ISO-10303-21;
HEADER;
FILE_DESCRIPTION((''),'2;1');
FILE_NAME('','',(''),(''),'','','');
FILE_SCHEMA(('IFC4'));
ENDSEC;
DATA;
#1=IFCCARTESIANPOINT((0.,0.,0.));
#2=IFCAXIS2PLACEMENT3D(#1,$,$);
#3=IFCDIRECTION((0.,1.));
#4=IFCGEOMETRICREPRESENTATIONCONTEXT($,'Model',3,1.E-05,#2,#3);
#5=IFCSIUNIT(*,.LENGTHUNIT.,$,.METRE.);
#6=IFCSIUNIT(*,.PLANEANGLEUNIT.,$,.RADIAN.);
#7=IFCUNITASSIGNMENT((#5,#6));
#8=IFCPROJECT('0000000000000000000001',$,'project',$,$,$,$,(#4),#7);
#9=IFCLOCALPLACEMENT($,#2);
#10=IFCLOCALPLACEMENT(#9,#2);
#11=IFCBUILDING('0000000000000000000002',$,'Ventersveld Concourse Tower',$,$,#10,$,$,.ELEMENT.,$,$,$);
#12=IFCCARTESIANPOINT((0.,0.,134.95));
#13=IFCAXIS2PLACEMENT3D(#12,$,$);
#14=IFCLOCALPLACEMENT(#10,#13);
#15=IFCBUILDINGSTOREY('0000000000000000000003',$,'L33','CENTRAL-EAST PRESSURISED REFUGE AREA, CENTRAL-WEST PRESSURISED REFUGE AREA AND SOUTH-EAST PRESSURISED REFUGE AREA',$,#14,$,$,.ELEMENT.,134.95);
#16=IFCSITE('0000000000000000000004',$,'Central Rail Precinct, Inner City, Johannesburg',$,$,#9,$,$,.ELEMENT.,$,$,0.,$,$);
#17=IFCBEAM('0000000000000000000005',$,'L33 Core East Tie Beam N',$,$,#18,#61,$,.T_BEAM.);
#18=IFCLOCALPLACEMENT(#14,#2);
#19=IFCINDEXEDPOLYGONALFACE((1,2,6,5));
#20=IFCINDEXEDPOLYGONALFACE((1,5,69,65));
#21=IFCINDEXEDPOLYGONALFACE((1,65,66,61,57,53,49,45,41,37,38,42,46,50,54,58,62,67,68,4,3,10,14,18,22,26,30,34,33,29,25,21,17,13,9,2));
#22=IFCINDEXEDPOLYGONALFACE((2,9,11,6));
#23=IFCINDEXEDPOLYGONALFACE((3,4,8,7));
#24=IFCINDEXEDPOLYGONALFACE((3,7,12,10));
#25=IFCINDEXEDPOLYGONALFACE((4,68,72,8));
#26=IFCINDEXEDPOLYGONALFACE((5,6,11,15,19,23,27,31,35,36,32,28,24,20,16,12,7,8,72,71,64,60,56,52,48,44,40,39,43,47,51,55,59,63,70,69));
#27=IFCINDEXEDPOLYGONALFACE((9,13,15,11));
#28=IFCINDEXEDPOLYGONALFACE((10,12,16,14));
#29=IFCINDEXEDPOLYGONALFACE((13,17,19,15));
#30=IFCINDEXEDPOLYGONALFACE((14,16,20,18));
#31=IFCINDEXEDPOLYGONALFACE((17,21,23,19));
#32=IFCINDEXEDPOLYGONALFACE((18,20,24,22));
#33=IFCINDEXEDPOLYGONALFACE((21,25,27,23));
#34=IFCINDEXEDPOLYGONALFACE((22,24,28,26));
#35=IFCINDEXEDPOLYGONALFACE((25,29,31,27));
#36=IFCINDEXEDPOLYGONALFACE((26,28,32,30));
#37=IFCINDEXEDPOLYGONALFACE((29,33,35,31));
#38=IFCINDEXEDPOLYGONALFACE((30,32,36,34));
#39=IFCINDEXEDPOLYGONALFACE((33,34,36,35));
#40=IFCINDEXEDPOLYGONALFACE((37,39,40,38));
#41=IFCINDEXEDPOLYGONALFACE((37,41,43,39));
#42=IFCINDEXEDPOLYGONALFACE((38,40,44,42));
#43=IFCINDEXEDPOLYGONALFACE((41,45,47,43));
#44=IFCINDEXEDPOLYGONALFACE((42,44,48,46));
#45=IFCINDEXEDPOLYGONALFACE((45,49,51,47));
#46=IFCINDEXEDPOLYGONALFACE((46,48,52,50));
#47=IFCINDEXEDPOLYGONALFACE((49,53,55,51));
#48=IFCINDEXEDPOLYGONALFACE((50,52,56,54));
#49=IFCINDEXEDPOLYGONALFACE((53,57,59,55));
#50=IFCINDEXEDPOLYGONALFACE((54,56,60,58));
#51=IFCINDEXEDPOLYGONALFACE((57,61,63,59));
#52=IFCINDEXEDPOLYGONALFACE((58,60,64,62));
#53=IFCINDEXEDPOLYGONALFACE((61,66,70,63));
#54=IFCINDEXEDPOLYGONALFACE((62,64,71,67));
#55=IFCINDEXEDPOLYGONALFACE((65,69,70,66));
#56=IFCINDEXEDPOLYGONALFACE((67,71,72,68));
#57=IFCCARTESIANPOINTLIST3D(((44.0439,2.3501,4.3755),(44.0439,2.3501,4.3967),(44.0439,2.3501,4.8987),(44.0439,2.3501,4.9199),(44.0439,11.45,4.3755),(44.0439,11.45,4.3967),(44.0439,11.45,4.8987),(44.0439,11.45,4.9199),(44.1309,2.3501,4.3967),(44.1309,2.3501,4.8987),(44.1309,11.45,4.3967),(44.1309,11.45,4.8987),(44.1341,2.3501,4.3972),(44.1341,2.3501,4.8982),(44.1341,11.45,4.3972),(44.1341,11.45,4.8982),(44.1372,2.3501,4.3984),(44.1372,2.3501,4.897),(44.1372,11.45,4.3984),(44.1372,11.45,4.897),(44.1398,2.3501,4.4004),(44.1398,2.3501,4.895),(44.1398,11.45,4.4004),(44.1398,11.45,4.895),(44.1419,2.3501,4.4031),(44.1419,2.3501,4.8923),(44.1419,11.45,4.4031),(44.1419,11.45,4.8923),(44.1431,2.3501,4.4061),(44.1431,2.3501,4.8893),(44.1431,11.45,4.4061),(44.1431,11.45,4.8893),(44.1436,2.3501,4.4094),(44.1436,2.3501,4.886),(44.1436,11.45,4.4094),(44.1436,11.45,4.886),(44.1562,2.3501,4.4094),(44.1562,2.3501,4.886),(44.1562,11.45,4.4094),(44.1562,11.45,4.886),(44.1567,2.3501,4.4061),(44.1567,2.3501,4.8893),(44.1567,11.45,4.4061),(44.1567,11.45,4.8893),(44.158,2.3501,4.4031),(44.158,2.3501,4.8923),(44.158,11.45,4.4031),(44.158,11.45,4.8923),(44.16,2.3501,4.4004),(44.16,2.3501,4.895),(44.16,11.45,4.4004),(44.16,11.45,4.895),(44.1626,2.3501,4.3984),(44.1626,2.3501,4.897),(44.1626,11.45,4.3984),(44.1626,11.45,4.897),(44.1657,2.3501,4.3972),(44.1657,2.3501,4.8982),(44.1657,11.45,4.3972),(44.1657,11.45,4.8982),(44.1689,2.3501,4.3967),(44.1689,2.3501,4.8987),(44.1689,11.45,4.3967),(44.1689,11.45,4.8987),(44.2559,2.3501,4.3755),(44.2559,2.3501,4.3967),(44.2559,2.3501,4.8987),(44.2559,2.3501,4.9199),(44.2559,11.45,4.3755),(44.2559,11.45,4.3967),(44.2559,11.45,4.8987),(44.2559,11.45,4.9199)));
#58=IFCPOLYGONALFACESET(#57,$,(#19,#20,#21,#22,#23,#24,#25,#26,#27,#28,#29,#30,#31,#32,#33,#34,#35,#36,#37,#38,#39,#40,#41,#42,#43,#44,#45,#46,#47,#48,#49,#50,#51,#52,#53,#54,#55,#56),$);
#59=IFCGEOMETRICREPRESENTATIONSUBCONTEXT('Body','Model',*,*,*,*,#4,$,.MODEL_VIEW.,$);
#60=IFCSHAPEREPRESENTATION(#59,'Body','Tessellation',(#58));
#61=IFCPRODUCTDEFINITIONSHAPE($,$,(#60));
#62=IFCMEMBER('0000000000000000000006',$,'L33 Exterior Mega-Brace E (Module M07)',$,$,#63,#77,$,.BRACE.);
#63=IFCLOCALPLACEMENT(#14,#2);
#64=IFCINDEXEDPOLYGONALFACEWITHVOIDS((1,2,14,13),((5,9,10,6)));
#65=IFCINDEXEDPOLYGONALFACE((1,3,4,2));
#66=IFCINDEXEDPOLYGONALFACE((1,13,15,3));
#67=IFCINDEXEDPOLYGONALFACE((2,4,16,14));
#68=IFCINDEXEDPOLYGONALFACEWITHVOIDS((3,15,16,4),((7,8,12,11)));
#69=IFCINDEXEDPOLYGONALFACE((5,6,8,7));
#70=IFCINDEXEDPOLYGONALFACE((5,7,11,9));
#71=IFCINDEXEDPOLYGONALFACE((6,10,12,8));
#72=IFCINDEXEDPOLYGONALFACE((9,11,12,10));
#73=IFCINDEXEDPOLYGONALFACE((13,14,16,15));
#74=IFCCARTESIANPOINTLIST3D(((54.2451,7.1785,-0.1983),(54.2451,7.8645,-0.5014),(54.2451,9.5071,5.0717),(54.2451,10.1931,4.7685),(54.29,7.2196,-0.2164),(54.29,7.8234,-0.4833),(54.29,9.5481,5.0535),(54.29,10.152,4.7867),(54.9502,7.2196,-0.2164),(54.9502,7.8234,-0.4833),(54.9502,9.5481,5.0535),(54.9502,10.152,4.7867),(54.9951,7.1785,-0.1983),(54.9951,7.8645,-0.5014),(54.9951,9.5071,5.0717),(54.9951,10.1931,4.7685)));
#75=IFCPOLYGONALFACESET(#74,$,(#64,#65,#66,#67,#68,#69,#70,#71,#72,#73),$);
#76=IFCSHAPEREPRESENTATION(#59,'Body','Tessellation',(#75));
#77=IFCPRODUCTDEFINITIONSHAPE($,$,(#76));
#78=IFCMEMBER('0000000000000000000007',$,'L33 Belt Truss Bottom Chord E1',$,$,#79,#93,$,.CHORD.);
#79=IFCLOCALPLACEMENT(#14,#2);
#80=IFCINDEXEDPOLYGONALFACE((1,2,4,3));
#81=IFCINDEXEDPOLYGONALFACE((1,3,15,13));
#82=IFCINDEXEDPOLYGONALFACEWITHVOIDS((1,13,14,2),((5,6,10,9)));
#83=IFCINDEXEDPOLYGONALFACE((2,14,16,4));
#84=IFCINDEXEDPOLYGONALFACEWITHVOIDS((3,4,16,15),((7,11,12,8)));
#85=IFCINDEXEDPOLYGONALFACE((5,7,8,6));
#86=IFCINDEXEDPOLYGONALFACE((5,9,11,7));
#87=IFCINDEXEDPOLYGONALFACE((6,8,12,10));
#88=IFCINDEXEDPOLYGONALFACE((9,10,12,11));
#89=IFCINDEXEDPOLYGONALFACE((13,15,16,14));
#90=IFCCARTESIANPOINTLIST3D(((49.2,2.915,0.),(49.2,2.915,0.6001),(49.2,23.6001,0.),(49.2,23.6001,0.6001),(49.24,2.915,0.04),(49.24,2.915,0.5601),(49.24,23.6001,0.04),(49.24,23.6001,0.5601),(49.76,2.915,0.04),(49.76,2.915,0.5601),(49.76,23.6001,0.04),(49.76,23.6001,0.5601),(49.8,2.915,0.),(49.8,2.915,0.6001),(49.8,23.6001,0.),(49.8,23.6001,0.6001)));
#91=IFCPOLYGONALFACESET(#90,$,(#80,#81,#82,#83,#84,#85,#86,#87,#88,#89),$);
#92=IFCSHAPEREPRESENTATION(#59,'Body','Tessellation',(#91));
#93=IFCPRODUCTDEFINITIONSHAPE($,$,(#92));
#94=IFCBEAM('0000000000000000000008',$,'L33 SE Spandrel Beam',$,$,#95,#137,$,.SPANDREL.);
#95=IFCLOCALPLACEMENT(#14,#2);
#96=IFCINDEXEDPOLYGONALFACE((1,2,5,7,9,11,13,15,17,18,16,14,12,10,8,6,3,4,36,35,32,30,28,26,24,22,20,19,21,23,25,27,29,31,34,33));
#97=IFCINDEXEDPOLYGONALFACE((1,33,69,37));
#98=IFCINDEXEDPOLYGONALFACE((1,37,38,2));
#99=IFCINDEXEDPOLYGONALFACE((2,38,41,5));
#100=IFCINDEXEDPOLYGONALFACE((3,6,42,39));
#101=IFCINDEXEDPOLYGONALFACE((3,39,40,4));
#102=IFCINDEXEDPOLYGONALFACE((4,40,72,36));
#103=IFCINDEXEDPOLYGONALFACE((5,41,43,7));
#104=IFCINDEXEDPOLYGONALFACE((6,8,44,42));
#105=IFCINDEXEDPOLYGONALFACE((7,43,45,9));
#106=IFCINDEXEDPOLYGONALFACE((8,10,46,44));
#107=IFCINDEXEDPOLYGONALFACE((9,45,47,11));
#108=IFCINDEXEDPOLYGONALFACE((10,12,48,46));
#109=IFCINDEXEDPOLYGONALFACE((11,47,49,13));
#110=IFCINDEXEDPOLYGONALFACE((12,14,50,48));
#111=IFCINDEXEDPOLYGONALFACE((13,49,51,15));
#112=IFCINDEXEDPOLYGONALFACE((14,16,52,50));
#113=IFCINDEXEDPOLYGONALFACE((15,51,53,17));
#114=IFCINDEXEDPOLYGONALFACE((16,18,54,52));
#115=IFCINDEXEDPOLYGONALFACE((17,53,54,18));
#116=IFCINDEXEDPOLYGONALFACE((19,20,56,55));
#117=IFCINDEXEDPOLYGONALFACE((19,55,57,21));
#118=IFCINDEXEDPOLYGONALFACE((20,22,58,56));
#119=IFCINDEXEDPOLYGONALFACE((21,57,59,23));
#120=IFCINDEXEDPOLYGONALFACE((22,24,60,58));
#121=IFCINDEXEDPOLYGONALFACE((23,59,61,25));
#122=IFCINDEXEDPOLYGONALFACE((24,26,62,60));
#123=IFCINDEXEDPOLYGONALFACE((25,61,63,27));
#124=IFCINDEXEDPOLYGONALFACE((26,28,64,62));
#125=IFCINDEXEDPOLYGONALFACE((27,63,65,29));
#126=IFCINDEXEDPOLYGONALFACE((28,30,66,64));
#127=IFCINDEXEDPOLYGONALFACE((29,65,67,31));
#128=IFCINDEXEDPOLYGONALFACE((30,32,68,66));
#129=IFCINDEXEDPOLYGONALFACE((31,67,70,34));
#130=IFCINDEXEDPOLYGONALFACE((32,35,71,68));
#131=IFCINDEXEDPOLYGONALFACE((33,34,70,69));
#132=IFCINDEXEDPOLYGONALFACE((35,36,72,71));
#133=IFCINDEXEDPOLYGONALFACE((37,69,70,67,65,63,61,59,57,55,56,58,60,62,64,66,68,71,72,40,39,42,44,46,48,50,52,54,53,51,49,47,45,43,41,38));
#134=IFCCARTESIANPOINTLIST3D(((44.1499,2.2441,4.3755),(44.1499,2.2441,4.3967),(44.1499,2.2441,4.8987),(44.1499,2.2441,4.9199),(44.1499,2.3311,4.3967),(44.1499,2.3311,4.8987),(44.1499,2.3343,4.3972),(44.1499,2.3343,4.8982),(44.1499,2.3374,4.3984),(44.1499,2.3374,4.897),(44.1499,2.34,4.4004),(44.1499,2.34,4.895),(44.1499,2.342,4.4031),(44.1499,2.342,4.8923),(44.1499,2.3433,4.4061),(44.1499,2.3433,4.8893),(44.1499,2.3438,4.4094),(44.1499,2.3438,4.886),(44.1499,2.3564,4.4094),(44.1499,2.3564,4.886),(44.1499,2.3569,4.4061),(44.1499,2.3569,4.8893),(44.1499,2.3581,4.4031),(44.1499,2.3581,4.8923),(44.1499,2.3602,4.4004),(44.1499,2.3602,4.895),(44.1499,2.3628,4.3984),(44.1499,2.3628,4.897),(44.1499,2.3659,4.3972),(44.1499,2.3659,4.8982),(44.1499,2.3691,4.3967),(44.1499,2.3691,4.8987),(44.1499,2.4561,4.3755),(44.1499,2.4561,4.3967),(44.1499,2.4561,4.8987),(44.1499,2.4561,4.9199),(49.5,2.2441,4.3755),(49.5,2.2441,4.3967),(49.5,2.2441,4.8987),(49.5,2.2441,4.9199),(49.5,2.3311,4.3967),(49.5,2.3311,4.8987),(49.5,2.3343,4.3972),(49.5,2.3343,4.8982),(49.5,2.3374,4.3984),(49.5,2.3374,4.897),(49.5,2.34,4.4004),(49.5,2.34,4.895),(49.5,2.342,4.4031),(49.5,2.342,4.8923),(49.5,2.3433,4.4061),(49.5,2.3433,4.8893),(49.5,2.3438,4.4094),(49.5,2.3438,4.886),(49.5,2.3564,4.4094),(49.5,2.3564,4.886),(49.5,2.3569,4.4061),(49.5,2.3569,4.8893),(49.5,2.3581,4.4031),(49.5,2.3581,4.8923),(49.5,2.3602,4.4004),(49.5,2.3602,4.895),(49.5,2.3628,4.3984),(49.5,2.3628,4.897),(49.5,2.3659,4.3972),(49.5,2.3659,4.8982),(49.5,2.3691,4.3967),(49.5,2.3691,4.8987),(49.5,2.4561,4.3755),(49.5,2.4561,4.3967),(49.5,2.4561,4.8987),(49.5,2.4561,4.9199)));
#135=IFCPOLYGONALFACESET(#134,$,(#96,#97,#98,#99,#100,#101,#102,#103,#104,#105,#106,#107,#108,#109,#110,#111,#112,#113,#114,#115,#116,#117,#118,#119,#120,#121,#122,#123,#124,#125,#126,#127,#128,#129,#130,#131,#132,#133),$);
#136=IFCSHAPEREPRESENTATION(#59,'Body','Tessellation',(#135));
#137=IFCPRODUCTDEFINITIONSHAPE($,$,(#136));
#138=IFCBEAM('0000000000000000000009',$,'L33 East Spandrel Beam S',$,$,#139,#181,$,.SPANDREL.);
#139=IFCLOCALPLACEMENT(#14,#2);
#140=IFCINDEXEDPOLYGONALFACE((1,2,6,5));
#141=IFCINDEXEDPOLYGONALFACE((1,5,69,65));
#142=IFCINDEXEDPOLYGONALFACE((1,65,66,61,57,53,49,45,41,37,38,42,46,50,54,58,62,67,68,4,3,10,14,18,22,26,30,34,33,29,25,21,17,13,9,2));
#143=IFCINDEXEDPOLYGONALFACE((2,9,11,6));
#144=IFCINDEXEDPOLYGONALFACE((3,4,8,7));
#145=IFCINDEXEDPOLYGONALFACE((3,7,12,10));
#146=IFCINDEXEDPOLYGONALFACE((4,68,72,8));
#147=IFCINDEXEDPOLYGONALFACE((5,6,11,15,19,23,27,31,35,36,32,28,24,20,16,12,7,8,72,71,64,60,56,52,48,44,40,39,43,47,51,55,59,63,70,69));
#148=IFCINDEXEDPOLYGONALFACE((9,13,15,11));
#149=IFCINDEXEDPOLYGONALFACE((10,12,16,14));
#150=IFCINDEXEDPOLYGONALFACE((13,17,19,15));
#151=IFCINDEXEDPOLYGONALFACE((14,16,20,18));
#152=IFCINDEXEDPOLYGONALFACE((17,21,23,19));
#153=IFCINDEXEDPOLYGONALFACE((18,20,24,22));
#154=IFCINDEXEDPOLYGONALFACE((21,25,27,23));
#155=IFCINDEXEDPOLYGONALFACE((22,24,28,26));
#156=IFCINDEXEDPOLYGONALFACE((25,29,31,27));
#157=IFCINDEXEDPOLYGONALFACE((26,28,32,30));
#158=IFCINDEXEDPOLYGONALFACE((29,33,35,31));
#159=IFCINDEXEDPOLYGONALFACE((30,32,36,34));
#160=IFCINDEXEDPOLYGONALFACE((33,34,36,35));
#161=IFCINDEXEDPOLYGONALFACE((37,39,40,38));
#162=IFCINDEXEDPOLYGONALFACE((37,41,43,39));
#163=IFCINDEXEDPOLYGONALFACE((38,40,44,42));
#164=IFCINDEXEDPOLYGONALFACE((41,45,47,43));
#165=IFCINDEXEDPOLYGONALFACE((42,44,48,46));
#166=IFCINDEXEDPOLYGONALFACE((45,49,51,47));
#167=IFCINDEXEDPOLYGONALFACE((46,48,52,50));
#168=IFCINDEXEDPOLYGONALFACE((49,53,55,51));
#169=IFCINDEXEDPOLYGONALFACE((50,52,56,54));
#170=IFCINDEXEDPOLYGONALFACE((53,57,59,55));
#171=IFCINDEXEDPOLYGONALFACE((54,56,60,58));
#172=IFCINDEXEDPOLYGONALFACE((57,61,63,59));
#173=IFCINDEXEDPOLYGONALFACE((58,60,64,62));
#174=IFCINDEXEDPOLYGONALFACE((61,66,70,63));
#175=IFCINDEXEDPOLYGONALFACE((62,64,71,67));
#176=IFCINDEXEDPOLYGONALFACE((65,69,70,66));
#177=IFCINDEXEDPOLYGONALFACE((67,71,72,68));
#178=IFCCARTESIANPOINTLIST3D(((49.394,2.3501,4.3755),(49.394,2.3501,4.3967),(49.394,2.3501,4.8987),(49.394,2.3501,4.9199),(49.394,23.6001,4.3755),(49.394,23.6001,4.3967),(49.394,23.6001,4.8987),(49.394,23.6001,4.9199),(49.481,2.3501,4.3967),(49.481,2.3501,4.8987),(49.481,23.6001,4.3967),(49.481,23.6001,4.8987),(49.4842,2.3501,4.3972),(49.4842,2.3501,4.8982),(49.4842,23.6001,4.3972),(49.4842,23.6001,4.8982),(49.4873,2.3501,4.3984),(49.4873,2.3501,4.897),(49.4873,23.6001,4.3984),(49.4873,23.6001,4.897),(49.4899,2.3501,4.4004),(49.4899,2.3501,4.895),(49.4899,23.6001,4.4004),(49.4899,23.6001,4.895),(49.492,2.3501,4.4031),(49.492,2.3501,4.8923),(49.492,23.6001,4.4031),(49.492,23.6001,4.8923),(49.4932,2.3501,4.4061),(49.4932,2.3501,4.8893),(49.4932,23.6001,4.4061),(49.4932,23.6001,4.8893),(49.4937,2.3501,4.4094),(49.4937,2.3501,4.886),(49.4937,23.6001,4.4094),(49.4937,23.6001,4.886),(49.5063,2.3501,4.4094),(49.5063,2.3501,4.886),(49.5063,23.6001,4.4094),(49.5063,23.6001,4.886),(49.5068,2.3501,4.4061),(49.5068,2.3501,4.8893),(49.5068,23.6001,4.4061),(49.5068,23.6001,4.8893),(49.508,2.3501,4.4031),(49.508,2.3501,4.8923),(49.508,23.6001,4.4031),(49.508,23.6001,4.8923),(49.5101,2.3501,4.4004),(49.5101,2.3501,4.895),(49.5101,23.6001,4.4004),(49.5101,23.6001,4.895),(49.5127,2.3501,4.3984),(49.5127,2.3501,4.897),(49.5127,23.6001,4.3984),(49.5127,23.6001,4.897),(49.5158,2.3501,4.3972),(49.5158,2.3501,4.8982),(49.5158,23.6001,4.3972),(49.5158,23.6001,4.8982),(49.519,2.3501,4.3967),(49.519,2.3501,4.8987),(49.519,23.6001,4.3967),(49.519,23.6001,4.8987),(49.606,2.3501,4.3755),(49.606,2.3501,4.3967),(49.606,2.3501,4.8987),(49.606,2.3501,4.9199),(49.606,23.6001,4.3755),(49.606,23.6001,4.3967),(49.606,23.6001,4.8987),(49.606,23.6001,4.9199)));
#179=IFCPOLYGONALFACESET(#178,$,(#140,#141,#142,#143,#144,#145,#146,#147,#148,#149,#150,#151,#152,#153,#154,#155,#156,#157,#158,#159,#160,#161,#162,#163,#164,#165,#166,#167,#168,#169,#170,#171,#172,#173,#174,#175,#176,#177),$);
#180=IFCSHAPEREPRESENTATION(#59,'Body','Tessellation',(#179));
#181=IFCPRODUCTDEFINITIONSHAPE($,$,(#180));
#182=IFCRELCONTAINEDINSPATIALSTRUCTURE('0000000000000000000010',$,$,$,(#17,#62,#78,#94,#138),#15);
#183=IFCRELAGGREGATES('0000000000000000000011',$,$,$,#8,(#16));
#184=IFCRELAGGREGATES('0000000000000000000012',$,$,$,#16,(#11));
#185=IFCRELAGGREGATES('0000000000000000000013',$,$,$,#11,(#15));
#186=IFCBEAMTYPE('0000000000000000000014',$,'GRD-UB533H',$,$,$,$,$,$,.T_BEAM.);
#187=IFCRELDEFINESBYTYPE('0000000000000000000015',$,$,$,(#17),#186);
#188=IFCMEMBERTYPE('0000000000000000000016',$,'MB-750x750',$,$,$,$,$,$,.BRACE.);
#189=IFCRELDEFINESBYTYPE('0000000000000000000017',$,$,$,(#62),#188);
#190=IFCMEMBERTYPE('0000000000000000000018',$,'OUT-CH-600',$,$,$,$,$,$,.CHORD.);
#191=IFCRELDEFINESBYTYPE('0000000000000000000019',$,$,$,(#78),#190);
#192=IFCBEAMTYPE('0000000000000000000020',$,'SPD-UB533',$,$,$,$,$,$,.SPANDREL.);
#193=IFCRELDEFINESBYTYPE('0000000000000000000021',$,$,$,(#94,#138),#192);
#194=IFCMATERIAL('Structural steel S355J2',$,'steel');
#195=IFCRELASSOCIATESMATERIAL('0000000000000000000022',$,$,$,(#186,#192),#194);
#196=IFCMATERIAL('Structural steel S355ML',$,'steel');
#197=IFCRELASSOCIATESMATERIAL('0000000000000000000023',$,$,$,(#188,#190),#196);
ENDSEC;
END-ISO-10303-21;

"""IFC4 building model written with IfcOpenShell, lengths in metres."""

from ifc_helpers import new_model, si_unit, direction, frame, origin, origin_2d, place, context, subcontext, project, spatial, hollow_rectangle, i_section, extrude, material, material_profile, profile_set, type_object, element, save


model = new_model("IFC4")

# Units and contexts
model_context = context("Model", 3, precision=1e-05, world=origin(), true_north=direction((0.0, 1.0)))
body_context = subcontext(model_context, "Body", "Model", "MODEL_VIEW")
ifc_project = project(units=[si_unit("LENGTHUNIT", "METRE"), si_unit("PLANEANGLEUNIT", "RADIAN")], contexts=[model_context])

# Site, building, storey
site_placement = place(None, origin())
site = spatial("IfcSite", under=ifc_project, at=site_placement, Name="Central Rail Precinct, Inner City, Johannesburg", CompositionType="ELEMENT", RefElevation=0.0)
building_placement = place(site_placement, origin())
building = spatial("IfcBuilding", under=site, at=building_placement, Name="Ventersveld Concourse Tower", CompositionType="ELEMENT")
storey_placement = place(building_placement, frame((0.0, 0.0, 134.95)))
storey = spatial("IfcBuildingStorey", under=building, at=storey_placement, Name="L33", Description="CENTRAL-EAST PRESSURISED REFUGE AREA, CENTRAL-WEST PRESSURISED REFUGE AREA AND SOUTH-EAST PRESSURISED REFUGE AREA", CompositionType="ELEMENT", Elevation=134.95)

# Shared definitions
ifc_material_1 = material(Name="Structural steel S355ML", Category="steel")

# Beam
ifc_material_2 = material(Name="Structural steel S355J2", Category="steel")
ifc_material_profile_1 = material_profile(ifc_material_2, i_section(OverallWidth=0.2119, OverallDepth=0.5444, WebThickness=0.0127, FlangeThickness=0.0212, FilletRadius=0.0127, at=origin_2d()), Name="UB 533x210x122")
ifc_profile_set_1 = profile_set([ifc_material_profile_1], Name="Structural steel S355J2")
beam_type_1 = type_object("IfcBeamType", Name="GRD-UB533H", PredefinedType="T_BEAM", material=ifc_profile_set_1)
beam_1_placement = place(storey_placement, frame((44.1499, 2.3501, 4.6477), z_axis=(0.0, 1.0, 0.0), x_axis=(-1.0, 0.0, 0.0)))
element("IfcBeam", 1, at=beam_1_placement, inside=storey, type_object=beam_type_1, Name="L33 Core East Tie Beam N", PredefinedType="T_BEAM", context=body_context, shape_type="SweptSolid", body=[
    extrude(i_section(OverallWidth=0.2119, OverallDepth=0.5444, WebThickness=0.0127, FlangeThickness=0.0212, FilletRadius=0.0127, at=origin_2d()), origin(), (0.0, 0.0, 1.0), 9.0999),
])

# Members
ifc_material_profile_2 = material_profile(ifc_material_1, hollow_rectangle(XDim=0.75, YDim=0.75, WallThickness=0.0449, at=origin_2d()), Name="BOX 750x750x45")
ifc_profile_set_2 = profile_set([ifc_material_profile_2], Name="Structural steel S355ML")
member_type_1 = type_object("IfcMemberType", Name="MB-750x750", PredefinedType="BRACE", material=ifc_profile_set_2)
member_1_placement = place(storey_placement, frame((54.6201, 7.5215, -0.3499), z_axis=(0.0, 0.404164, 0.914687), x_axis=(-1.0, 0.0, 0.0)))
element("IfcMember", 2, at=member_1_placement, inside=storey, type_object=member_type_1, Name="L33 Exterior Mega-Brace E (Module M07)", PredefinedType="BRACE", context=body_context, shape_type="SweptSolid", body=[
    extrude(hollow_rectangle(XDim=0.75, YDim=0.75, WallThickness=0.0449, at=origin_2d()), origin(), (0.0, 0.0, 1.0), 5.7615),
])
ifc_material_profile_3 = material_profile(ifc_material_1, hollow_rectangle(XDim=0.6001, YDim=0.6001, WallThickness=0.04, at=origin_2d()), Name="BOX 600x600x40")
ifc_profile_set_3 = profile_set([ifc_material_profile_3], Name="Structural steel S355ML")
member_type_2 = type_object("IfcMemberType", Name="OUT-CH-600", PredefinedType="CHORD", material=ifc_profile_set_3)
member_2_placement = place(storey_placement, frame((49.5, 2.915, 0.3), z_axis=(0.0, 1.0, 0.0), x_axis=(-1.0, 0.0, 0.0)))
element("IfcMember", 3, at=member_2_placement, inside=storey, type_object=member_type_2, Name="L33 Belt Truss Bottom Chord E1", PredefinedType="CHORD", context=body_context, shape_type="SweptSolid", body=[
    extrude(hollow_rectangle(XDim=0.6001, YDim=0.6001, WallThickness=0.04, at=origin_2d()), origin(), (0.0, 0.0, 1.0), 20.6851),
])

# Beams
ifc_material_profile_4 = material_profile(ifc_material_2, i_section(OverallWidth=0.2119, OverallDepth=0.5444, WebThickness=0.0127, FlangeThickness=0.0212, FilletRadius=0.0127, at=origin_2d()), Name="UB 533x210x122")
ifc_profile_set_4 = profile_set([ifc_material_profile_4], Name="Structural steel S355J2")
beam_type_2 = type_object("IfcBeamType", Name="SPD-UB533", PredefinedType="SPANDREL", material=ifc_profile_set_4)
beam_2_placement = place(storey_placement, frame((44.1499, 2.3501, 4.6477), z_axis=(1.0, 0.0, 0.0), x_axis=(0.0, 1.0, 0.0)))
element("IfcBeam", 4, at=beam_2_placement, inside=storey, type_object=beam_type_2, Name="L33 SE Spandrel Beam", PredefinedType="SPANDREL", context=body_context, shape_type="SweptSolid", body=[
    extrude(i_section(OverallWidth=0.2119, OverallDepth=0.5444, WebThickness=0.0127, FlangeThickness=0.0212, FilletRadius=0.0127, at=origin_2d()), origin(), (0.0, 0.0, 1.0), 5.3501),
])
beam_3_placement = place(storey_placement, frame((49.5, 2.3501, 4.6477), z_axis=(0.0, 1.0, 0.0), x_axis=(-1.0, 0.0, 0.0)))
element("IfcBeam", 5, at=beam_3_placement, inside=storey, type_object=beam_type_2, Name="L33 East Spandrel Beam S", PredefinedType="SPANDREL", context=body_context, shape_type="SweptSolid", body=[
    extrude(i_section(OverallWidth=0.2119, OverallDepth=0.5444, WebThickness=0.0127, FlangeThickness=0.0212, FilletRadius=0.0127, at=origin_2d()), origin(), (0.0, 0.0, 1.0), 21.25),
])

save(model, "model.ifc")
